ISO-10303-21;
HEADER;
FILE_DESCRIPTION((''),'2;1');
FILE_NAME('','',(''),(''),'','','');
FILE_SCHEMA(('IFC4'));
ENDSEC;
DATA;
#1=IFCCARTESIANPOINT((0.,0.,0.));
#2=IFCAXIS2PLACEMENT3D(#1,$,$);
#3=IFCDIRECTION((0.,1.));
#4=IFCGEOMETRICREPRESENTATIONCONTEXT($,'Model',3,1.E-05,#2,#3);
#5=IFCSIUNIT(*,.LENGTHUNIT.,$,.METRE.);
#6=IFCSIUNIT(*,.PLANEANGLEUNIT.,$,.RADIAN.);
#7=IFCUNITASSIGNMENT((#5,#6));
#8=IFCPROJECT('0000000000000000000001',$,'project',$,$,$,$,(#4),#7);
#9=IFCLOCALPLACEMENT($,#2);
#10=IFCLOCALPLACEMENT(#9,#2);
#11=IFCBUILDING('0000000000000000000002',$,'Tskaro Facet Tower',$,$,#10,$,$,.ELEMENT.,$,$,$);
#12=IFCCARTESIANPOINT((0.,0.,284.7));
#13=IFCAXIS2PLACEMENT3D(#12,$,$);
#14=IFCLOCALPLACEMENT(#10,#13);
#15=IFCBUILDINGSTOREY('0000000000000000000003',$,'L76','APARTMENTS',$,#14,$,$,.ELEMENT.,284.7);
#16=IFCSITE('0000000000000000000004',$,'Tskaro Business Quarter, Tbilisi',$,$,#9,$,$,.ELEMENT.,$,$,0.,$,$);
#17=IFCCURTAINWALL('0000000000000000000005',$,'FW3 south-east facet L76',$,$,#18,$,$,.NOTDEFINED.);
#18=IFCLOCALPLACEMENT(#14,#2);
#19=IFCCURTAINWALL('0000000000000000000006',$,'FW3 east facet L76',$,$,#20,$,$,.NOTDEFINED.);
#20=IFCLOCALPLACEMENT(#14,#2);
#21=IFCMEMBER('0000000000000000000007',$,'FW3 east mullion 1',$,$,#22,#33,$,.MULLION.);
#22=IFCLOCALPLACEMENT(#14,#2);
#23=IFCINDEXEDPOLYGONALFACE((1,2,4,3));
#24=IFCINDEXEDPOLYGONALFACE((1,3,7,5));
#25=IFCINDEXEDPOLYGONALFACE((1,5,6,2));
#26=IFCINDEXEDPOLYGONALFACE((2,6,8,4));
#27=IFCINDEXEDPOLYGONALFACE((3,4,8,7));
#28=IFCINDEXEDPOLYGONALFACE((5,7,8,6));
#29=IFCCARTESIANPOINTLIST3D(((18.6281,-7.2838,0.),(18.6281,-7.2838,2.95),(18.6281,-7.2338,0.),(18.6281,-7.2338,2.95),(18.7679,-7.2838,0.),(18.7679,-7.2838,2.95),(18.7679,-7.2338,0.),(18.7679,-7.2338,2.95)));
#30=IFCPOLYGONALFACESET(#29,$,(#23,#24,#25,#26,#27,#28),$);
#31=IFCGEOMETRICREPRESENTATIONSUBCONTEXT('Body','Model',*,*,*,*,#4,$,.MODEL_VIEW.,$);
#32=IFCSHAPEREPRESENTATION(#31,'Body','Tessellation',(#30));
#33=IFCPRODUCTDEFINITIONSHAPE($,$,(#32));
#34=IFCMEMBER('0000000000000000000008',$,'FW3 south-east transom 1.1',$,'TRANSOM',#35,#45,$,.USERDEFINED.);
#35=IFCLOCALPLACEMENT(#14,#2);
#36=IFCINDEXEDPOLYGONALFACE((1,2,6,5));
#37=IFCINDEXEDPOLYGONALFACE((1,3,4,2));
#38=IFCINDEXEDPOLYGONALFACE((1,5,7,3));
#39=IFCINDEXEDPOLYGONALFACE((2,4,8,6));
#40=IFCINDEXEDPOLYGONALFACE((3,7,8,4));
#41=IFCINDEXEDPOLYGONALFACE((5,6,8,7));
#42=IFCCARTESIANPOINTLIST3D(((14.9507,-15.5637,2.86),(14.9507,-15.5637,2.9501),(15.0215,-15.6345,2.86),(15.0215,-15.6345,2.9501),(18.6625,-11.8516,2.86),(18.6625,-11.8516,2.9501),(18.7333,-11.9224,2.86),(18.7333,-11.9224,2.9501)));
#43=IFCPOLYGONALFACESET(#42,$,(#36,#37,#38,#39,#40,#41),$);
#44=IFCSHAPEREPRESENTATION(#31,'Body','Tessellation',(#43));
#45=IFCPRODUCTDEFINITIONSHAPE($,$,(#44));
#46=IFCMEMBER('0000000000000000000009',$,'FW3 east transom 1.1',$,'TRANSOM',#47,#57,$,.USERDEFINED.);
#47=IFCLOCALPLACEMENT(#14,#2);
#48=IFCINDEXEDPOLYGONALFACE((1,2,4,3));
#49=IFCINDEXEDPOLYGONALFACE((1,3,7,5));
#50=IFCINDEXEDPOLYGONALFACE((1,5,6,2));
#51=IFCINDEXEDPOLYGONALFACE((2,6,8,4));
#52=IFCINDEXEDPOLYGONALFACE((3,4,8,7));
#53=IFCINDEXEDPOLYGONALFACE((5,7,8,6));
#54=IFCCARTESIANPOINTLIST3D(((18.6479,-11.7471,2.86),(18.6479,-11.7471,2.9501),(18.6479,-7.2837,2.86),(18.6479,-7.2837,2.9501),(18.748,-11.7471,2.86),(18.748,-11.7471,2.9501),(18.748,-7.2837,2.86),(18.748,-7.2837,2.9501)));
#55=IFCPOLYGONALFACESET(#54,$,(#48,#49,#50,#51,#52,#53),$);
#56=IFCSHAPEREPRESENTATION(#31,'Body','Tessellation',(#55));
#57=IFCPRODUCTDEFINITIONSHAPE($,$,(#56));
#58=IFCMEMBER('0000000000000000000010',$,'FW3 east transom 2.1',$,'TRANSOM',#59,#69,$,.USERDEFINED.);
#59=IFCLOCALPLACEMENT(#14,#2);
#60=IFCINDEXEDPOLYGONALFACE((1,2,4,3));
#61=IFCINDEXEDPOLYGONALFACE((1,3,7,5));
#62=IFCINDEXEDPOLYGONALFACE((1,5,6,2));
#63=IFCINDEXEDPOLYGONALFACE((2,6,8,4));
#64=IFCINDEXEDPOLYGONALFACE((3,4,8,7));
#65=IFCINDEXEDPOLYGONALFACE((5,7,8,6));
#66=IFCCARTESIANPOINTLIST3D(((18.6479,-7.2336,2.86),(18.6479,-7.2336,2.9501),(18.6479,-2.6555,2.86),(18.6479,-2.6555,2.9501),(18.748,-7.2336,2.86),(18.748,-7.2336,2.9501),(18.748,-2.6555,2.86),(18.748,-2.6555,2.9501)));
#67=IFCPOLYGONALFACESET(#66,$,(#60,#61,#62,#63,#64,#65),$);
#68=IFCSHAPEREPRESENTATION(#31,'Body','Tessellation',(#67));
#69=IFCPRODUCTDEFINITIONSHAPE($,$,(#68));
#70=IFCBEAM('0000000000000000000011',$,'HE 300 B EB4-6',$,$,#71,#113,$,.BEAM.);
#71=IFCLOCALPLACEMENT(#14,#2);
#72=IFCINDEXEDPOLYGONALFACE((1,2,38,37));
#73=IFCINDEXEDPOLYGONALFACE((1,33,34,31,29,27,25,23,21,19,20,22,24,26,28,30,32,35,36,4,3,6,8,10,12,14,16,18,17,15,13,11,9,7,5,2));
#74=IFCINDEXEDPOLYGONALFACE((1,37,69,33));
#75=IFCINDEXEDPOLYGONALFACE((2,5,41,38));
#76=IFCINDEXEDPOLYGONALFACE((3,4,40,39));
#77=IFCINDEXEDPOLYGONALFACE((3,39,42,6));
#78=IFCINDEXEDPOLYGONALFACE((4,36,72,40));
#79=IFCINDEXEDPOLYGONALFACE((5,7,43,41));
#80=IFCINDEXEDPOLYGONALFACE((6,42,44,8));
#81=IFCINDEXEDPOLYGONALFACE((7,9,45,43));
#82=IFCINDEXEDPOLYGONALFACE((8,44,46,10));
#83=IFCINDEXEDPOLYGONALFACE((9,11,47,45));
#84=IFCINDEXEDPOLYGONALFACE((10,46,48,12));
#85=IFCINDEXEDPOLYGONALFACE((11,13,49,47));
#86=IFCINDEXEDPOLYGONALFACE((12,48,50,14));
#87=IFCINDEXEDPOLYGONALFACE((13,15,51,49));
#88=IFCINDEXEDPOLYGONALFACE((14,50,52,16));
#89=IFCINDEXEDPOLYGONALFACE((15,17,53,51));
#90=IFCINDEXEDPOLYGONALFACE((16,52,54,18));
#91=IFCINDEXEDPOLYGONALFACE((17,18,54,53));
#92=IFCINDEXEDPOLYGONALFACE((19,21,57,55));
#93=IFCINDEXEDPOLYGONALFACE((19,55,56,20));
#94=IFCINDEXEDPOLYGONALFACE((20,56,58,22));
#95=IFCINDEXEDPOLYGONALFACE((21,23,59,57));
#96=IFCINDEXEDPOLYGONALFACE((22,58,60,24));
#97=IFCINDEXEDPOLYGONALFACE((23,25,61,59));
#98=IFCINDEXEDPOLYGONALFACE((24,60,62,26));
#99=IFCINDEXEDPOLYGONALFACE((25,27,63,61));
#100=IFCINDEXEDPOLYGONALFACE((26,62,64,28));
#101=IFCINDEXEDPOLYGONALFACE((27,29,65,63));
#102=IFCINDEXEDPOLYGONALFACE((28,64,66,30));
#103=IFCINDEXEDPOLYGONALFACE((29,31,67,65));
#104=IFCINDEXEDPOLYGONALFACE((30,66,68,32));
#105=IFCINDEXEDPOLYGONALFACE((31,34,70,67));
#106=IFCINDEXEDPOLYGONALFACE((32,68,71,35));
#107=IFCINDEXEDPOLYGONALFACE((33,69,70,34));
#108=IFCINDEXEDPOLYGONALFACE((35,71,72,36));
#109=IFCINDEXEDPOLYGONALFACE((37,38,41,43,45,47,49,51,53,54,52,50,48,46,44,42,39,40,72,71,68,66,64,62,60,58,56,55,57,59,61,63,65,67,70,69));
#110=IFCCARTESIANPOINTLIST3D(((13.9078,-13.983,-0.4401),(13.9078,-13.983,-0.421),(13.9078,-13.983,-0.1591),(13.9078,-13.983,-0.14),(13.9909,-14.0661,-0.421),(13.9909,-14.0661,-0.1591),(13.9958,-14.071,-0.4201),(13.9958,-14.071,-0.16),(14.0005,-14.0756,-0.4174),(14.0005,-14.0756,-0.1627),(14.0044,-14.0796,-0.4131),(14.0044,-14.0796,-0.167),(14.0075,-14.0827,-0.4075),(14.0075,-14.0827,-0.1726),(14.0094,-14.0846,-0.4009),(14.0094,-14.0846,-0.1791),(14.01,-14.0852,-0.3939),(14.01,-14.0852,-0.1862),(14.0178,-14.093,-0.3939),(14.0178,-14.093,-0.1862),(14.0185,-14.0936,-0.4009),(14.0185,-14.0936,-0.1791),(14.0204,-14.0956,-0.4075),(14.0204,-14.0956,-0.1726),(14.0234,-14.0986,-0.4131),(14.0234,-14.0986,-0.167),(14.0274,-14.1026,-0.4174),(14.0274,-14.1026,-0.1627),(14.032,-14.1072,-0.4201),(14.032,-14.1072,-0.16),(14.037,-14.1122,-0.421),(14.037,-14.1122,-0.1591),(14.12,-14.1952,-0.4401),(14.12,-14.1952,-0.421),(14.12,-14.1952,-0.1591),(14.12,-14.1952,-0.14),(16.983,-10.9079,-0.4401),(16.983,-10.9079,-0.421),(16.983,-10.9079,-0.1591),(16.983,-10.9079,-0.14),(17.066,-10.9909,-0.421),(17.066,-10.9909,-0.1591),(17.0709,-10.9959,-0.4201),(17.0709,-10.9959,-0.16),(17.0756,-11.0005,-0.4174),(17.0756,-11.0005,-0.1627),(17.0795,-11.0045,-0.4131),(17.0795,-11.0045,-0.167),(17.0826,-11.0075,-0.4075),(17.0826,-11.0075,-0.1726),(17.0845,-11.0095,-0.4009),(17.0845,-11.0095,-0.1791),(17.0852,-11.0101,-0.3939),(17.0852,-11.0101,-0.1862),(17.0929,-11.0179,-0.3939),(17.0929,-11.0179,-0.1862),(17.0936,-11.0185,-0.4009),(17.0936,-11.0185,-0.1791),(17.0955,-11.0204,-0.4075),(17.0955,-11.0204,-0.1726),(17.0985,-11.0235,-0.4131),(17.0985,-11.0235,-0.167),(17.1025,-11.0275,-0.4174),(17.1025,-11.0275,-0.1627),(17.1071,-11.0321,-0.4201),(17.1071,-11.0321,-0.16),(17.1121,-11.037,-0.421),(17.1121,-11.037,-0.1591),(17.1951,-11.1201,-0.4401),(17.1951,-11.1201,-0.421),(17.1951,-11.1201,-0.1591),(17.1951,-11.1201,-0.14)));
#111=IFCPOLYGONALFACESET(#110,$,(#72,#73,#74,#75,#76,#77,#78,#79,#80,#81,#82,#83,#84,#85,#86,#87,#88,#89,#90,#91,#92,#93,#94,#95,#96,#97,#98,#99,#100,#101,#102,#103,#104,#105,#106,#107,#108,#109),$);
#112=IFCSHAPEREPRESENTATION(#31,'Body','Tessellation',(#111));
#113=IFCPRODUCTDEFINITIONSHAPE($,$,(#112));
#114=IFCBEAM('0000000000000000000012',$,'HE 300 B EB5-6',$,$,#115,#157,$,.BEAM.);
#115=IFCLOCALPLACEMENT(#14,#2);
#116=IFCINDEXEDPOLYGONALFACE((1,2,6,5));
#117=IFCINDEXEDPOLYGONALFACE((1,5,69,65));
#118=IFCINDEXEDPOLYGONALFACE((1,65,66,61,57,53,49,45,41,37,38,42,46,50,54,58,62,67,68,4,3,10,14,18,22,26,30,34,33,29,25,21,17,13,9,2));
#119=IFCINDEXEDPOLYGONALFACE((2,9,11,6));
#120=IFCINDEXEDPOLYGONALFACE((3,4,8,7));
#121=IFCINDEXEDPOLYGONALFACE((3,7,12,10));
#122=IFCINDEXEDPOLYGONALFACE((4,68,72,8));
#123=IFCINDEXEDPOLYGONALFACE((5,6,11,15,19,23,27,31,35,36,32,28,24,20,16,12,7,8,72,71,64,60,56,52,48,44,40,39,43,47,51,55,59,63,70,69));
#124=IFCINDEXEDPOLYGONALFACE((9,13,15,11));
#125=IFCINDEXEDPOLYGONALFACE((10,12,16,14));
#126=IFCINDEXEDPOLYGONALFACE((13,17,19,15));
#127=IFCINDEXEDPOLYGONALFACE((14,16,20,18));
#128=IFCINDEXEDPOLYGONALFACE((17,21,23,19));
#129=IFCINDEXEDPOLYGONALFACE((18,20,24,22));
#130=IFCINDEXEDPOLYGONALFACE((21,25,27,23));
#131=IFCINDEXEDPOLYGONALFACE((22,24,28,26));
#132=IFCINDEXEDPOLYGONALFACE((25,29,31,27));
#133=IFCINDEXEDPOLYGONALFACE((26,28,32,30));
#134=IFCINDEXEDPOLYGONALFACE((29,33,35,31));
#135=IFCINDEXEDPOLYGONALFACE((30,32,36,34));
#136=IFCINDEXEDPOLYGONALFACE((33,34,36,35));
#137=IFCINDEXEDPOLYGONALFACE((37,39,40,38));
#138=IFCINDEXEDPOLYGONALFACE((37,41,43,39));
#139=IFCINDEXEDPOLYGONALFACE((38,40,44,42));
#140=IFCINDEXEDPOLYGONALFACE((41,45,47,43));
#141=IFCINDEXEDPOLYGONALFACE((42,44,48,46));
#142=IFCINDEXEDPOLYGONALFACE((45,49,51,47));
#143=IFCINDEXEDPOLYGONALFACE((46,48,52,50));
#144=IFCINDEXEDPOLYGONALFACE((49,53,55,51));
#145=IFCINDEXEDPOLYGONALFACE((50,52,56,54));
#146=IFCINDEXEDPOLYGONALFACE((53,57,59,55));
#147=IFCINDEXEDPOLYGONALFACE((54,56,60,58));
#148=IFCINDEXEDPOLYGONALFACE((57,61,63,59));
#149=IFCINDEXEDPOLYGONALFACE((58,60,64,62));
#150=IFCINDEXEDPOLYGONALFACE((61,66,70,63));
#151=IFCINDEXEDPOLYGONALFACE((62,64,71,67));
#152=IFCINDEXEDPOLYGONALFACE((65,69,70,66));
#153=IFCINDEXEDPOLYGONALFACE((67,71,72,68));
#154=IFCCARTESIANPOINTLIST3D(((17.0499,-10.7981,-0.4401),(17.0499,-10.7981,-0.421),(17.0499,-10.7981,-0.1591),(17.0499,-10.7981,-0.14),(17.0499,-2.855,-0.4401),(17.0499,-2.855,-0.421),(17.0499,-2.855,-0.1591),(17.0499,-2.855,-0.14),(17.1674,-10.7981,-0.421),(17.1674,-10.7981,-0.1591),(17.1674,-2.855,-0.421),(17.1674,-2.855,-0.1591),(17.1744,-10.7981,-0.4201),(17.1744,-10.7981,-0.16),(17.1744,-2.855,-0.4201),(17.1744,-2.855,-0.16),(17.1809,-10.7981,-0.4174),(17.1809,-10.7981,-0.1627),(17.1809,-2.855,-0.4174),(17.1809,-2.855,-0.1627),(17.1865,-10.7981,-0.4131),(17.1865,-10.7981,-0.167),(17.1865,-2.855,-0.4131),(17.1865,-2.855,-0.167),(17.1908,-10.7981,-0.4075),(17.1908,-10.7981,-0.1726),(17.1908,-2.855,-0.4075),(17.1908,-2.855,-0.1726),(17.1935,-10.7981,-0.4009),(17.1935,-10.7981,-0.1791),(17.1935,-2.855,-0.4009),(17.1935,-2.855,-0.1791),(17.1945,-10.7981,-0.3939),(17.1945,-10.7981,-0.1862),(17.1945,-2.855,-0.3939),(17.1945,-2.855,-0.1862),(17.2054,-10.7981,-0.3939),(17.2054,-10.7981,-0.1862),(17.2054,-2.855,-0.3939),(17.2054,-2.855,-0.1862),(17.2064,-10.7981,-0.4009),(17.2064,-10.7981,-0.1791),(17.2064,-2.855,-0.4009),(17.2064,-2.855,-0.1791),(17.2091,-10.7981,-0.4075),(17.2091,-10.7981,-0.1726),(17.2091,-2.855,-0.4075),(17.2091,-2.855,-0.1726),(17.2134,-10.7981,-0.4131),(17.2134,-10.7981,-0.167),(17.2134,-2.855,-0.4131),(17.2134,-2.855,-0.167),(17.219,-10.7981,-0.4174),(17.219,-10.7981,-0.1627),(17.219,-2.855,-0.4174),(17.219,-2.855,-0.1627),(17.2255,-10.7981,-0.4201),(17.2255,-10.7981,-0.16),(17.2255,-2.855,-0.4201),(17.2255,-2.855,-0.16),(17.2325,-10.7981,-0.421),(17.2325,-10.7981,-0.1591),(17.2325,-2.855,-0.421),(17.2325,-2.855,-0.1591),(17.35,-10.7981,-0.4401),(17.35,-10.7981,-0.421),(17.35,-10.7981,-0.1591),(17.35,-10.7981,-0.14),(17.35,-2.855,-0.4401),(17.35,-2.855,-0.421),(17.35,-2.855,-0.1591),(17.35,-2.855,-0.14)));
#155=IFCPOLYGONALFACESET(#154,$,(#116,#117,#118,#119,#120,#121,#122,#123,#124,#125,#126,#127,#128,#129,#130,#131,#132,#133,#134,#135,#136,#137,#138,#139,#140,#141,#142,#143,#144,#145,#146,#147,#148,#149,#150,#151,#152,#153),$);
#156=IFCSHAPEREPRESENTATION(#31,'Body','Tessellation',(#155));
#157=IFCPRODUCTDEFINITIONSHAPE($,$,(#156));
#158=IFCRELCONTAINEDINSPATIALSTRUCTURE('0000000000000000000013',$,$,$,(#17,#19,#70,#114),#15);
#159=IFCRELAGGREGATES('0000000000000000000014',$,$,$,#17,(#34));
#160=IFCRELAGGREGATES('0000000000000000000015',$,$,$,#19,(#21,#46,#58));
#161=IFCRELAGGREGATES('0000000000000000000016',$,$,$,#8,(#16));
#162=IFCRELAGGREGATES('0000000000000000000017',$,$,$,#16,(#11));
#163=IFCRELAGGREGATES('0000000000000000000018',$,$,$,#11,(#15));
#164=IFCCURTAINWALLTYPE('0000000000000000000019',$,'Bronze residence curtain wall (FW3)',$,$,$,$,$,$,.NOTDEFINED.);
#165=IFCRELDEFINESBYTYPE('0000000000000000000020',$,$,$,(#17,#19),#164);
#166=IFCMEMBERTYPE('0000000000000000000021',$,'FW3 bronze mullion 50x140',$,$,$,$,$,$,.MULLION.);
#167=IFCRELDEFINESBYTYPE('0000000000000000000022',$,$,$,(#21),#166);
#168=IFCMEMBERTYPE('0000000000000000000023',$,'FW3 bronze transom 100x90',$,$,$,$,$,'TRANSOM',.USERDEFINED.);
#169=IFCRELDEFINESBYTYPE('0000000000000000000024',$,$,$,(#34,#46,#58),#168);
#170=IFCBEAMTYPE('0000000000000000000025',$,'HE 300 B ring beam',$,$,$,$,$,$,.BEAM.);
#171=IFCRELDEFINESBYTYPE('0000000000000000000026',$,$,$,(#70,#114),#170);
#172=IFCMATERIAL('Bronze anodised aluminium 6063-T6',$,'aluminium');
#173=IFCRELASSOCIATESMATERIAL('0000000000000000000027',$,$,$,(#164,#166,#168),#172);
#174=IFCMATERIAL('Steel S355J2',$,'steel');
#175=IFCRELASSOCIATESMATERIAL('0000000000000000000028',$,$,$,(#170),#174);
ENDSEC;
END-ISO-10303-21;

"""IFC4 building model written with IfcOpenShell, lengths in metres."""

from ifc_helpers import new_model, si_unit, direction, frame, origin, origin_2d, place, context, subcontext, project, spatial, rectangle, i_section, extrude, material, material_profile, profile_set, type_object, element, aggregate, save


model = new_model("IFC4")

# Units and contexts
model_context = context("Model", 3, precision=1e-05, world=origin(), true_north=direction((0.0, 1.0)))
body_context = subcontext(model_context, "Body", "Model", "MODEL_VIEW")
ifc_project = project(units=[si_unit("LENGTHUNIT", "METRE"), si_unit("PLANEANGLEUNIT", "RADIAN")], contexts=[model_context])

# Site, building, storey
site_placement = place(None, origin())
site = spatial("IfcSite", under=ifc_project, at=site_placement, Name="Tskaro Business Quarter, Tbilisi", CompositionType="ELEMENT", RefElevation=0.0)
building_placement = place(site_placement, origin())
building = spatial("IfcBuilding", under=site, at=building_placement, Name="Tskaro Facet Tower", CompositionType="ELEMENT")
storey_placement = place(building_placement, frame((0.0, 0.0, 284.7)))
storey = spatial("IfcBuildingStorey", under=building, at=storey_placement, Name="L76", Description="APARTMENTS", CompositionType="ELEMENT", Elevation=284.7)

# Shared definitions
ifc_material_1 = material(Name="Steel S355J2", Category="steel")

# Curtain wall
ifc_material_2 = material(Name="Bronze anodised aluminium 6063-T6", Category="aluminium")
curtain_wall_type = type_object("IfcCurtainWallType", Name="Bronze residence curtain wall (FW3)", PredefinedType="NOTDEFINED", material=ifc_material_2)
curtain_wall_1_placement = place(storey_placement, origin())
curtain_wall_1 = element("IfcCurtainWall", 1, at=curtain_wall_1_placement, inside=storey, type_object=curtain_wall_type, Name="FW3 south-east facet L76", PredefinedType="NOTDEFINED")

# Curtain wall, member
curtain_wall_2_placement = place(storey_placement, origin())
curtain_wall_2 = element("IfcCurtainWall", 2, at=curtain_wall_2_placement, inside=storey, type_object=curtain_wall_type, Name="FW3 east facet L76", PredefinedType="NOTDEFINED")
ifc_material_profile_1 = material_profile(ifc_material_2, rectangle(XDim=0.05, YDim=0.1399, at=origin_2d()), Name="Mullion 50x140")
ifc_profile_set_1 = profile_set([ifc_material_profile_1], Name="Bronze anodised aluminium 6063-T6")
member_type_1 = type_object("IfcMemberType", Name="FW3 bronze mullion 50x140", PredefinedType="MULLION", material=ifc_profile_set_1)
member_1_placement = place(storey_placement, frame((18.698, -7.2588, 0.0), z_axis=(0.0, 0.0, 1.0), x_axis=(0.0, 1.0, 0.0)))
member_1 = element("IfcMember", 3, at=member_1_placement, type_object=member_type_1, Name="FW3 east mullion 1", PredefinedType="MULLION", context=body_context, shape_type="SweptSolid", body=[
    extrude(rectangle(XDim=0.05, YDim=0.1399, at=origin_2d()), origin(), (0.0, 0.0, 1.0), 2.95),
])

# Members
ifc_material_profile_2 = material_profile(ifc_material_2, rectangle(XDim=0.1001, YDim=0.0901, at=origin_2d()), Name="Transom 100x90")
ifc_profile_set_2 = profile_set([ifc_material_profile_2], Name="Bronze anodised aluminium 6063-T6")
member_type_2 = type_object("IfcMemberType", Name="FW3 bronze transom 100x90", ElementType="TRANSOM", PredefinedType="USERDEFINED", material=ifc_profile_set_2)
member_2_placement = place(storey_placement, frame((14.9861, -15.5991, 2.905), z_axis=(0.707084, 0.70713, 0.0), x_axis=(-0.70713, 0.707084, 0.0)))
member_2 = element("IfcMember", 4, at=member_2_placement, type_object=member_type_2, Name="FW3 south-east transom 1.1", ObjectType="TRANSOM", PredefinedType="USERDEFINED", context=body_context, shape_type="SweptSolid", body=[
    extrude(rectangle(XDim=0.1001, YDim=0.0901, at=origin_2d()), origin(), (0.0, 0.0, 1.0), 5.2495),
])
member_3_placement = place(storey_placement, frame((18.698, -11.7471, 2.905), z_axis=(0.0, 1.0, 0.0), x_axis=(-1.0, 0.0, 0.0)))
member_3 = element("IfcMember", 5, at=member_3_placement, type_object=member_type_2, Name="FW3 east transom 1.1", ObjectType="TRANSOM", PredefinedType="USERDEFINED", context=body_context, shape_type="SweptSolid", body=[
    extrude(rectangle(XDim=0.1001, YDim=0.0901, at=origin_2d()), origin(), (0.0, 0.0, 1.0), 4.4634),
])
member_4_placement = place(storey_placement, frame((18.698, -7.2336, 2.905), z_axis=(0.0, 1.0, 0.0), x_axis=(-1.0, 0.0, 0.0)))
member_4 = element("IfcMember", 6, at=member_4_placement, type_object=member_type_2, Name="FW3 east transom 2.1", ObjectType="TRANSOM", PredefinedType="USERDEFINED", context=body_context, shape_type="SweptSolid", body=[
    extrude(rectangle(XDim=0.1001, YDim=0.0901, at=origin_2d()), origin(), (0.0, 0.0, 1.0), 4.5781),
])

# Beams
ifc_material_profile_3 = material_profile(ifc_material_1, i_section(OverallWidth=0.3, OverallDepth=0.3, WebThickness=0.011, FlangeThickness=0.019, FilletRadius=0.0271, at=origin_2d()), Name="HE 300 B")
ifc_profile_set_3 = profile_set([ifc_material_profile_3], Name="Steel S355J2")
beam_type_1 = type_object("IfcBeamType", Name="HE 300 B ring beam", PredefinedType="BEAM", material=ifc_profile_set_3)
beam_1_placement = place(storey_placement, frame((14.0139, -14.0891, -0.29), z_axis=(0.707107, 0.707107, 0.0), x_axis=(-0.707107, 0.707107, 0.0)))
element("IfcBeam", 7, at=beam_1_placement, inside=storey, type_object=beam_type_1, Name="HE 300 B EB4-6", PredefinedType="BEAM", context=body_context, shape_type="SweptSolid", body=[
    extrude(i_section(OverallWidth=0.3, OverallDepth=0.3, WebThickness=0.011, FlangeThickness=0.019, FilletRadius=0.0271, at=origin_2d()), origin(), (0.0, 0.0, 1.0), 4.3489),
])
beam_2_placement = place(storey_placement, frame((17.2, -10.7981, -0.29), z_axis=(0.0, 1.0, 0.0), x_axis=(-1.0, 0.0, 0.0)))
element("IfcBeam", 8, at=beam_2_placement, inside=storey, type_object=beam_type_1, Name="HE 300 B EB5-6", PredefinedType="BEAM", context=body_context, shape_type="SweptSolid", body=[
    extrude(i_section(OverallWidth=0.3, OverallDepth=0.3, WebThickness=0.011, FlangeThickness=0.019, FilletRadius=0.0271, at=origin_2d()), origin(), (0.0, 0.0, 1.0), 7.9431),
])

aggregate(curtain_wall_1, [member_2])
aggregate(curtain_wall_2, [member_1, member_3, member_4])

save(model, "model.ifc")
